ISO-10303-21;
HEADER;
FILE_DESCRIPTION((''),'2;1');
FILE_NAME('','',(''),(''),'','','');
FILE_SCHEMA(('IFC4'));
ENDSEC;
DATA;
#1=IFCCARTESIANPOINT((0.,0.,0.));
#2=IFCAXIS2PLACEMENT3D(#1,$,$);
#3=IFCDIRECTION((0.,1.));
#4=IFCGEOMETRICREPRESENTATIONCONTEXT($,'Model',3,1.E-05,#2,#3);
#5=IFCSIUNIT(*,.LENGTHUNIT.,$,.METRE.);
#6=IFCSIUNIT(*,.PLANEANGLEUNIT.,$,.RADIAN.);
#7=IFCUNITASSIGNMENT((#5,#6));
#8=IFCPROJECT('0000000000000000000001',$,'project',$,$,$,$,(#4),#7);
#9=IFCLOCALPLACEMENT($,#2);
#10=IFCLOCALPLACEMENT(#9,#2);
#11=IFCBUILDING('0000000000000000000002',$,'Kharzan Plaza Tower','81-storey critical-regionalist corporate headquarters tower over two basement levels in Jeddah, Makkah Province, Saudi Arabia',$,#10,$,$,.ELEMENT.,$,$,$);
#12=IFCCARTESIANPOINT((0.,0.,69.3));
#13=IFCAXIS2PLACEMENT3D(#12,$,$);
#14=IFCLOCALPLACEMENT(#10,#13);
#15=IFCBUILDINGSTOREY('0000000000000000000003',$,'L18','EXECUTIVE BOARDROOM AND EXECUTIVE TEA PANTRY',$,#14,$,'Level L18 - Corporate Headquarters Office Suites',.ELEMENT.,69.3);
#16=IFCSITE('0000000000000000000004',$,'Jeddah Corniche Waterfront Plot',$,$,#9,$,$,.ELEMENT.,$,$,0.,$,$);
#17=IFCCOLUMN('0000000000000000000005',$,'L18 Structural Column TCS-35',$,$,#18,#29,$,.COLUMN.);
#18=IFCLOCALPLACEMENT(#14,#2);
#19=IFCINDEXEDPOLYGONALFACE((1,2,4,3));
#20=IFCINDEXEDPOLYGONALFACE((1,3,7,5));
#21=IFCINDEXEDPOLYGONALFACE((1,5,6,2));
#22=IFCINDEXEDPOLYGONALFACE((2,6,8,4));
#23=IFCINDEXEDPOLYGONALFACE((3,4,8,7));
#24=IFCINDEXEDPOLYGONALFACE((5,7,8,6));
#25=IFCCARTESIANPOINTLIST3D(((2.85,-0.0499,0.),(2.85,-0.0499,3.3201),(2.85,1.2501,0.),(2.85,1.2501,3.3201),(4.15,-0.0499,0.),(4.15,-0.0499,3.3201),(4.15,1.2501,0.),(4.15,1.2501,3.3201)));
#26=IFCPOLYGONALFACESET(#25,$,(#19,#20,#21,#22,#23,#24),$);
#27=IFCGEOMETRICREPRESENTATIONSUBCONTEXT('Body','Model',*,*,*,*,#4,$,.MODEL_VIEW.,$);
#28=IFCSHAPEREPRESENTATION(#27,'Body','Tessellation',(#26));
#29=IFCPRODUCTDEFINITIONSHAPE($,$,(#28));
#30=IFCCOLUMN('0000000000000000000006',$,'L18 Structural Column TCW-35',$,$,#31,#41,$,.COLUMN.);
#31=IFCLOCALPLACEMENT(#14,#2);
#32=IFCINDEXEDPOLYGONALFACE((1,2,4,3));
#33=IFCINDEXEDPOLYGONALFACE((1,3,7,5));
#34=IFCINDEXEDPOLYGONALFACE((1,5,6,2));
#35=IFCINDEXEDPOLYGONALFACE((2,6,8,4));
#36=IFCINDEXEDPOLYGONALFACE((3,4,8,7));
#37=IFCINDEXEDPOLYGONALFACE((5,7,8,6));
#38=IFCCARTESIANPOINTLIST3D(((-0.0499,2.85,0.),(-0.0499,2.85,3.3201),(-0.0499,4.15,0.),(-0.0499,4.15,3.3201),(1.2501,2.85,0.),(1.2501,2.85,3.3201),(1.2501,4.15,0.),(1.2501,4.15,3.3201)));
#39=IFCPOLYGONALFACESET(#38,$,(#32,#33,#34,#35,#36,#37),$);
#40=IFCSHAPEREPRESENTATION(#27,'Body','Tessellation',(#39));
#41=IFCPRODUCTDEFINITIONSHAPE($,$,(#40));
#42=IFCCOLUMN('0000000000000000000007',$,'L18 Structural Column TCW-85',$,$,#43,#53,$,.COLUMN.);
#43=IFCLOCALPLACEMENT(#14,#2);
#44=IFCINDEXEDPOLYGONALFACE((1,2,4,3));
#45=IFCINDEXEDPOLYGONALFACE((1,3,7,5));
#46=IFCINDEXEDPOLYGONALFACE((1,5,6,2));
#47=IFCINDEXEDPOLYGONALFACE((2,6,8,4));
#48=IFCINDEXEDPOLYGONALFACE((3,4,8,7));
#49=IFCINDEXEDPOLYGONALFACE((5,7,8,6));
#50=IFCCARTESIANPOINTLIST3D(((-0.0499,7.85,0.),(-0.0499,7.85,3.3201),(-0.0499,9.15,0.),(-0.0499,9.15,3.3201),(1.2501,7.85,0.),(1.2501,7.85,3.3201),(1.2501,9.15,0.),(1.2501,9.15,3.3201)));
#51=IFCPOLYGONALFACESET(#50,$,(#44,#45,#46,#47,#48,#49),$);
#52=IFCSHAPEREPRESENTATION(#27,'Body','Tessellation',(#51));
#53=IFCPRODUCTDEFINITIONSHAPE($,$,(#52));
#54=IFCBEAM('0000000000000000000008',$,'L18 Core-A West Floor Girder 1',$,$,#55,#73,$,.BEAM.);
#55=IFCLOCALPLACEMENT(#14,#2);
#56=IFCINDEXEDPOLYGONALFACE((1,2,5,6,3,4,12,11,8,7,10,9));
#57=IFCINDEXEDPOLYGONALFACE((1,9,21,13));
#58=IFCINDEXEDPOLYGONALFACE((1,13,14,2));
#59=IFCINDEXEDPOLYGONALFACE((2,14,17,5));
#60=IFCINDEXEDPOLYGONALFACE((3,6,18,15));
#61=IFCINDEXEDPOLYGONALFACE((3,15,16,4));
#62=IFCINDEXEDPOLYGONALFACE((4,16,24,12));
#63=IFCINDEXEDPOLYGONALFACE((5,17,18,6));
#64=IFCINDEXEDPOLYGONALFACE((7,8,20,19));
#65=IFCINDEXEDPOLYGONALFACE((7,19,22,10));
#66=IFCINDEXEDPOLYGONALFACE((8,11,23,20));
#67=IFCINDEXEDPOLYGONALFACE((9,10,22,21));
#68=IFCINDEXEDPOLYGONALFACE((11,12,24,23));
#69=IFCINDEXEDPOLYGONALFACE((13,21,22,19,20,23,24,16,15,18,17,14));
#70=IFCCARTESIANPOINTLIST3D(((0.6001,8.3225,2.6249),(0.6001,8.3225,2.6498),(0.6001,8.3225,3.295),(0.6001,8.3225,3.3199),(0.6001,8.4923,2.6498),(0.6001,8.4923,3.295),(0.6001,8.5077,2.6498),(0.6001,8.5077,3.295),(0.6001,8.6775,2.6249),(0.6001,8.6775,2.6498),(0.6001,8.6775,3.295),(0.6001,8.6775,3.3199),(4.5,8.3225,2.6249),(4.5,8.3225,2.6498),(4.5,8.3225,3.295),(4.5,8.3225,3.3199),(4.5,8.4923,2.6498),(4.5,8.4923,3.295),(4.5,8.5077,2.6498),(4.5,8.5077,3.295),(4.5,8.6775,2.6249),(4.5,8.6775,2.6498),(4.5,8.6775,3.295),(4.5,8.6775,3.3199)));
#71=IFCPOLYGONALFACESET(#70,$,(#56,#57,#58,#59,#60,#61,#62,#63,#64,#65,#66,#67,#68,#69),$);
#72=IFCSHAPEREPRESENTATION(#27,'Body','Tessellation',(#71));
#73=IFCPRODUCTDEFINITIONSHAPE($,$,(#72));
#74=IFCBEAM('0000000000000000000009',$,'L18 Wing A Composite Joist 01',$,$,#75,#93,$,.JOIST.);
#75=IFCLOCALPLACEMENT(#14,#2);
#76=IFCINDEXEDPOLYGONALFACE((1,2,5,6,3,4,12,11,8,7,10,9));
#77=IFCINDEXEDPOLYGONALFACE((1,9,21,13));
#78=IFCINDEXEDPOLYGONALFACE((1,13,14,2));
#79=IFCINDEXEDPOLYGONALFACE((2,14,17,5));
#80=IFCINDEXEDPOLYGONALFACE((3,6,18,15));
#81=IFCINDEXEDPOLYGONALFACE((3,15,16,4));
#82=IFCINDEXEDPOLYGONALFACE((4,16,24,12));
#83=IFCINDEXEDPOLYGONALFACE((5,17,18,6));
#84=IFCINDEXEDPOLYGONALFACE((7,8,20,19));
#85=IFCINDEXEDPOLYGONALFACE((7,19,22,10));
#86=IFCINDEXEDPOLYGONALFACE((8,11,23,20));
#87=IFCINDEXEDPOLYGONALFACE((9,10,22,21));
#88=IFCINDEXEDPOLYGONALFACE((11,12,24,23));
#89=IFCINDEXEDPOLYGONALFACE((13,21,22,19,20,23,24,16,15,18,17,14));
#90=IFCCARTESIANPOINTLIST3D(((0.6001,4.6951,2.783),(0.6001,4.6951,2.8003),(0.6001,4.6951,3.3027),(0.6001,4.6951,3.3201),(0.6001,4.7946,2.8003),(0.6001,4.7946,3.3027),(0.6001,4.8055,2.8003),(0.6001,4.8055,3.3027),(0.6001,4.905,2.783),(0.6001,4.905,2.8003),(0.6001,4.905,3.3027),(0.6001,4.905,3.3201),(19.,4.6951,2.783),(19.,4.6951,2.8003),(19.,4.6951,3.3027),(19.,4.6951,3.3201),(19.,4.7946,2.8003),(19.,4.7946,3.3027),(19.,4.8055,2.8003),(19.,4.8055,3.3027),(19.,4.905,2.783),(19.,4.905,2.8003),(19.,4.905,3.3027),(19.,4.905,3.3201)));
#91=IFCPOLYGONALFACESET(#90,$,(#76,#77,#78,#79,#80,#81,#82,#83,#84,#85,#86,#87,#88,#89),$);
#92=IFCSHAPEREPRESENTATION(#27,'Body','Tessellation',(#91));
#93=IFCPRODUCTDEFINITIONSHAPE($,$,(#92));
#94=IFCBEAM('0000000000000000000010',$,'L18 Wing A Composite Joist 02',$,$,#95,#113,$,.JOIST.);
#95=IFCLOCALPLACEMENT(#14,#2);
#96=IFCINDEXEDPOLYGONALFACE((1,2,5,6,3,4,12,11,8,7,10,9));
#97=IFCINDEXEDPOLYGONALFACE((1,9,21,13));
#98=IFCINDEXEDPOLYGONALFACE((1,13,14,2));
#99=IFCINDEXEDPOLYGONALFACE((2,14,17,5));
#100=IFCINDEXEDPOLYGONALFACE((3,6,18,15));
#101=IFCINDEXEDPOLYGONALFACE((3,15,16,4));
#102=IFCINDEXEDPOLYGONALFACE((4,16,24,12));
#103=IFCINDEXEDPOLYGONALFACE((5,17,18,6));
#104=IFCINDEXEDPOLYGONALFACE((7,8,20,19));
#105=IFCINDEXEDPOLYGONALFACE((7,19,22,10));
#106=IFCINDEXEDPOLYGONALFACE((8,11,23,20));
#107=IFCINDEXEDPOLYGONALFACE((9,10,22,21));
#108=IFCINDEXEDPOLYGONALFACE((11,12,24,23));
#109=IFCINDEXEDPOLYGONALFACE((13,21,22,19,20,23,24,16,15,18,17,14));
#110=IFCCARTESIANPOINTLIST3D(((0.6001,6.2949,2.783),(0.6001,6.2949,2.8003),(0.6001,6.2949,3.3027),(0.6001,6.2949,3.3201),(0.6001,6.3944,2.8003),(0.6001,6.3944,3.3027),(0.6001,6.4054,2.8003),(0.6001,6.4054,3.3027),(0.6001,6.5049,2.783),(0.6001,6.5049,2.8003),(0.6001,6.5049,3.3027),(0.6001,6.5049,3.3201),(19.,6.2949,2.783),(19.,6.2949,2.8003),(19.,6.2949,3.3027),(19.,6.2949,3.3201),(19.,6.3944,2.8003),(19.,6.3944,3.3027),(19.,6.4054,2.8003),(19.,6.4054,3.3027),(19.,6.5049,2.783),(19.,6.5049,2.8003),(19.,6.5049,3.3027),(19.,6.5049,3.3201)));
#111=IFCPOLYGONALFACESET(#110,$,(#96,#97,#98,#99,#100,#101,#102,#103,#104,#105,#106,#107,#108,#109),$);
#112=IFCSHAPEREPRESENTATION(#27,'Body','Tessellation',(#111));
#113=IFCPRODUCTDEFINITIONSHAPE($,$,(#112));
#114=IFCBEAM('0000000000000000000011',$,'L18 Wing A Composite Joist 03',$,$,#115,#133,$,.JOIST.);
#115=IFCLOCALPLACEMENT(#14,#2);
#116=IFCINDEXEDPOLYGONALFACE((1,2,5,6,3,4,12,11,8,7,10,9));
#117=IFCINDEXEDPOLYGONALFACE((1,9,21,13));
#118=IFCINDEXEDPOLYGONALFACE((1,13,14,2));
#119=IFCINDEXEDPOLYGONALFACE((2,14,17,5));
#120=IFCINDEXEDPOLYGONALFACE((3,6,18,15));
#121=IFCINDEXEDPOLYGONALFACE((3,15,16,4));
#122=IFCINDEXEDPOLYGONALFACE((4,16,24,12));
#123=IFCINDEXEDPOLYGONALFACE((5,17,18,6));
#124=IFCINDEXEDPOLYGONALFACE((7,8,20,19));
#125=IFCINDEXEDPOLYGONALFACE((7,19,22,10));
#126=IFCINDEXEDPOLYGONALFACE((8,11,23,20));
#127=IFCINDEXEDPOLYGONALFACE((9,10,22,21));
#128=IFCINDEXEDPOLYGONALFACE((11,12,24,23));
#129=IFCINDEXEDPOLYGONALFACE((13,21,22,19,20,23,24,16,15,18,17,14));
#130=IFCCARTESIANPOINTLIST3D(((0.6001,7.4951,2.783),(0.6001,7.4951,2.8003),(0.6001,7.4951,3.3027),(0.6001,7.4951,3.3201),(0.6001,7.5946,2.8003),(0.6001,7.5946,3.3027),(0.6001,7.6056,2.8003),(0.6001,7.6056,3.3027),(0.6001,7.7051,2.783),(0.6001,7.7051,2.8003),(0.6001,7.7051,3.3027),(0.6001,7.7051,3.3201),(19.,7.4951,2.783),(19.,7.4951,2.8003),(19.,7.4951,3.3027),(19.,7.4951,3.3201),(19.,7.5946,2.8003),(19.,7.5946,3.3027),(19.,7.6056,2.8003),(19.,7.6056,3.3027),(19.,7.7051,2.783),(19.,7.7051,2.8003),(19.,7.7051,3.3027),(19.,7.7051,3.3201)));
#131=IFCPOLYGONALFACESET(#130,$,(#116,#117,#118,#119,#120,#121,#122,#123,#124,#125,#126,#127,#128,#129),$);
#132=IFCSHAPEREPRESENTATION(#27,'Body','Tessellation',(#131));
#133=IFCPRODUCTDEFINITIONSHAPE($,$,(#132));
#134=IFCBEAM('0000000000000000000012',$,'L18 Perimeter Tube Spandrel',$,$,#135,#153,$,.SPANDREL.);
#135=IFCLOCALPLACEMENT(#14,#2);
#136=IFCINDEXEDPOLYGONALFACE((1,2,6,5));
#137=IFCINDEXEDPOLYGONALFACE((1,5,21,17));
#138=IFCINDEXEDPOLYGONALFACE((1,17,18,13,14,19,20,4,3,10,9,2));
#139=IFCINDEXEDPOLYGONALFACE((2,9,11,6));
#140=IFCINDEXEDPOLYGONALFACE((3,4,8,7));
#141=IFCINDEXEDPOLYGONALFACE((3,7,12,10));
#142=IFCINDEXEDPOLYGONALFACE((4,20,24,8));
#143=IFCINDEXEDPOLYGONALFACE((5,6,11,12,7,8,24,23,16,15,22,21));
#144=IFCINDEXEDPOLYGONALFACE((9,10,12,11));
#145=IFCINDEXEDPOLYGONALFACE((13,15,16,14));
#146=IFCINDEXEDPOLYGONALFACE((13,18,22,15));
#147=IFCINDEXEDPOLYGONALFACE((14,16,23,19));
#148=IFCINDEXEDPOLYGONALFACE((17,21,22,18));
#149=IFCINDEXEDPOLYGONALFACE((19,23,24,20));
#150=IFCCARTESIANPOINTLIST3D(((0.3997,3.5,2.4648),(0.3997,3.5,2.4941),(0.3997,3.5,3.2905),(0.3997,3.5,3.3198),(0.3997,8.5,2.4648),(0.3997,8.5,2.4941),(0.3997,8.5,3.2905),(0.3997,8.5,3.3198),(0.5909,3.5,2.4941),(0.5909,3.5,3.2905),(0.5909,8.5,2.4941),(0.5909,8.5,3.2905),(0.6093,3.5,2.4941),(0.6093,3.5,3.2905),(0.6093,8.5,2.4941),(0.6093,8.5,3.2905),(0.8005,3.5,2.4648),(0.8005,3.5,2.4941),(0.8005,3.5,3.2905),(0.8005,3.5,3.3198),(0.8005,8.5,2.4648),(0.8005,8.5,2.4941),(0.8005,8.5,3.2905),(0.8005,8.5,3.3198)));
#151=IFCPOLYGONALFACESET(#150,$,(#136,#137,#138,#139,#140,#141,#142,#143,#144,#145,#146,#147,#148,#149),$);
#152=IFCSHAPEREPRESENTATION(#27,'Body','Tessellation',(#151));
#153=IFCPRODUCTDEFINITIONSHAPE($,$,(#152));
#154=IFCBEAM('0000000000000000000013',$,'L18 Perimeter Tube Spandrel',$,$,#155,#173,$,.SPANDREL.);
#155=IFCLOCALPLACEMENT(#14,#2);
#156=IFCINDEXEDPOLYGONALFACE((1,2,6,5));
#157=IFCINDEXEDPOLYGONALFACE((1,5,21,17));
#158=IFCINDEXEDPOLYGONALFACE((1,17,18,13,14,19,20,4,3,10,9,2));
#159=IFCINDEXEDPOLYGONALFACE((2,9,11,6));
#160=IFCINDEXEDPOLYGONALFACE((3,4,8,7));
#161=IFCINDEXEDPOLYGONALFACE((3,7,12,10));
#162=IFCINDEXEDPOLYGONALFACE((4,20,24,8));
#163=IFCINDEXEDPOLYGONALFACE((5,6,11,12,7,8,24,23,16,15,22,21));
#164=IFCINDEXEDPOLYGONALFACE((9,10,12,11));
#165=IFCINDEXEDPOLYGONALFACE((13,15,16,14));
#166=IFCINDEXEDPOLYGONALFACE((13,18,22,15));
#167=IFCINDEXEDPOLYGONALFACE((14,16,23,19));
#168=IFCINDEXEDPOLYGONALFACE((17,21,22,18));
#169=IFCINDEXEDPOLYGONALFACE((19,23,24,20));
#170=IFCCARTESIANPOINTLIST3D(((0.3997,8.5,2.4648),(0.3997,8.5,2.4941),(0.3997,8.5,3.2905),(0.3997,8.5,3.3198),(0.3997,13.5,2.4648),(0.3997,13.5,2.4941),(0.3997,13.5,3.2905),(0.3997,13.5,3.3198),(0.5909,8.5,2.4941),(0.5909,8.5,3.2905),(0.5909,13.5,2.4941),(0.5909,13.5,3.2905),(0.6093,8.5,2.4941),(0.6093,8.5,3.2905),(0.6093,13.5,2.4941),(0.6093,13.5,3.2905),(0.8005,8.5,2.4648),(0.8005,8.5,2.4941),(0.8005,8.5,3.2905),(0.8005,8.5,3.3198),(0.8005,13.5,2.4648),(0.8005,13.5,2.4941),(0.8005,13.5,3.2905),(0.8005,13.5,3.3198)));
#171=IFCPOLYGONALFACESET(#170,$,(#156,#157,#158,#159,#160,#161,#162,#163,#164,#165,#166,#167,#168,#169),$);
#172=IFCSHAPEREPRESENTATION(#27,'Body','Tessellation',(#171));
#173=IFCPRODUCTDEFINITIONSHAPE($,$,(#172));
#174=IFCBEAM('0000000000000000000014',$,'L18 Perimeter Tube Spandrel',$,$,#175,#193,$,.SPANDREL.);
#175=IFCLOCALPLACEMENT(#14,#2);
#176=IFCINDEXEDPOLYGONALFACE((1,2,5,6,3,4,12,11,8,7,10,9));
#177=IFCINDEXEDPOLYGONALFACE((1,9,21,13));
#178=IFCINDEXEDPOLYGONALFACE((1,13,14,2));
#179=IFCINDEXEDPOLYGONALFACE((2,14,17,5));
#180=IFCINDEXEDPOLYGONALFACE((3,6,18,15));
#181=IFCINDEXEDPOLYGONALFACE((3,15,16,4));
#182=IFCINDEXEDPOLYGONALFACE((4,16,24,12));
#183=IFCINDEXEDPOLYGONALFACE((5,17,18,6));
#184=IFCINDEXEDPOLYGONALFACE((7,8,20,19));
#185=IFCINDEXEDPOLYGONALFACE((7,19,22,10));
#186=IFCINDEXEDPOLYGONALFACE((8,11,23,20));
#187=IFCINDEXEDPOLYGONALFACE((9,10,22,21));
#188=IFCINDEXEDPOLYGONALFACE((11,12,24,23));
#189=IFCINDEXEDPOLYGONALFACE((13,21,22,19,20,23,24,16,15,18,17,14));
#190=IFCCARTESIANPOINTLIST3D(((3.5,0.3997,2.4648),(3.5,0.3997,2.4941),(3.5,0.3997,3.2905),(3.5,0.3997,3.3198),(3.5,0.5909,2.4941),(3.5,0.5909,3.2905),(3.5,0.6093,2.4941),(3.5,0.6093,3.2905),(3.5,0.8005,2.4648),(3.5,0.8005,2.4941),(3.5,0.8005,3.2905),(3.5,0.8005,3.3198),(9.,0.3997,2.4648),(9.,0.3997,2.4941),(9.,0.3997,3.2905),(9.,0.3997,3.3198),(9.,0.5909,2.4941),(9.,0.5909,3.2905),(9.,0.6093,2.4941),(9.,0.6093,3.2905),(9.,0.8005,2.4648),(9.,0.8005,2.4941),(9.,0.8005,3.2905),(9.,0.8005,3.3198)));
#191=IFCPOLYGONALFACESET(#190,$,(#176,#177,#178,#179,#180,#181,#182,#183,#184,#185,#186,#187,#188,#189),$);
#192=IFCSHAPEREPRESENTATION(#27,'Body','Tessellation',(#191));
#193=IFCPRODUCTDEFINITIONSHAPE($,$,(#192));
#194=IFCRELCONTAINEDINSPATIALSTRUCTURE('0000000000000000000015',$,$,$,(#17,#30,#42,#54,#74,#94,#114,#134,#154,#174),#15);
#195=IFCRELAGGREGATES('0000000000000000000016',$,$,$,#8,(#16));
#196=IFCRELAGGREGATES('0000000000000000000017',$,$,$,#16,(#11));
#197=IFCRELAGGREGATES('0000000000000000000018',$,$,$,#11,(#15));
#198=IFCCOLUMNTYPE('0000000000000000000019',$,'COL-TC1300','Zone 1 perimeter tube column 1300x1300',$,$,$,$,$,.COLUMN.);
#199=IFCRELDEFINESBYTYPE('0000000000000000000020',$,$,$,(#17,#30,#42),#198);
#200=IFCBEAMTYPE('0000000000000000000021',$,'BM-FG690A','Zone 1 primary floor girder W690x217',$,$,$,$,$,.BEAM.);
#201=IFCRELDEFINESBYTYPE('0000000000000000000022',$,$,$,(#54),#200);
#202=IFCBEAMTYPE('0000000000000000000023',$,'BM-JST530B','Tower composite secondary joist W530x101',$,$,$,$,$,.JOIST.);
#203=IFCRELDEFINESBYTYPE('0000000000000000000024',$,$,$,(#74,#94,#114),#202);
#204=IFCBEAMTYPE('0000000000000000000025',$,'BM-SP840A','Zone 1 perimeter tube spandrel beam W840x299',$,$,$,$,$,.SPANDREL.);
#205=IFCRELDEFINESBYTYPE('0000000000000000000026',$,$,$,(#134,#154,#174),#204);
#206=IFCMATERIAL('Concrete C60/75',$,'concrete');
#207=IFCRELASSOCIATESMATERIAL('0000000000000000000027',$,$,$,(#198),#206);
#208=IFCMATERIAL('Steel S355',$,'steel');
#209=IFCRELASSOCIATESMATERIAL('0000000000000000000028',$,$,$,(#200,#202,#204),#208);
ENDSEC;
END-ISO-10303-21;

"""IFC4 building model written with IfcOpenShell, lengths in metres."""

from ifc_helpers import new_model, si_unit, direction, frame, origin, origin_2d, place, context, subcontext, project, spatial, rectangle, i_section, extrude, source, transform, mapped, material, material_profile, profile_set, type_object, element, save


model = new_model("IFC4")

# Units and contexts
model_context = context("Model", 3, precision=1e-05, world=origin(), true_north=direction((0.0, 1.0)))
body_context = subcontext(model_context, "Body", "Model", "MODEL_VIEW")
ifc_project = project(units=[si_unit("LENGTHUNIT", "METRE"), si_unit("PLANEANGLEUNIT", "RADIAN")], contexts=[model_context])

# Site, building, storey
site_placement = place(None, origin())
site = spatial("IfcSite", under=ifc_project, at=site_placement, Name="Jeddah Corniche Waterfront Plot", CompositionType="ELEMENT", RefElevation=0.0)
building_placement = place(site_placement, origin())
building = spatial("IfcBuilding", under=site, at=building_placement, Name="Kharzan Plaza Tower", Description="81-storey critical-regionalist corporate headquarters tower over two basement levels in Jeddah, Makkah Province, Saudi Arabia", CompositionType="ELEMENT")
storey_placement = place(building_placement, frame((0.0, 0.0, 69.3)))
storey = spatial("IfcBuildingStorey", under=building, at=storey_placement, Name="L18", Description="EXECUTIVE BOARDROOM AND EXECUTIVE TEA PANTRY", LongName="Level L18 - Corporate Headquarters Office Suites", CompositionType="ELEMENT", Elevation=69.3)

# Columns
ifc_material_1 = material(Name="Concrete C60/75", Category="concrete")
ifc_material_profile_1 = material_profile(ifc_material_1, rectangle(XDim=1.3, YDim=1.3, at=origin_2d()), Name="RC-TC1300x1300")
ifc_profile_set_1 = profile_set([ifc_material_profile_1], Name="Concrete C60/75")
column_type = type_object("IfcColumnType", Name="COL-TC1300", Description="Zone 1 perimeter tube column 1300x1300", PredefinedType="COLUMN", material=ifc_profile_set_1)
shared_shape_1 = source(origin(), body_context, "Body", "SweptSolid", [
    extrude(rectangle(XDim=1.3, YDim=1.3, at=origin_2d()), origin(), (0.0, 0.0, 1.0), 3.3201),
])
for number, where, z_axis, x_axis, name in (
    (1, (3.5, 0.6001, 0.0), (0.0, 0.0, 1.0), (1.0, 0.0, 0.0), "L18 Structural Column TCS-35"),
    (2, (0.6001, 3.5, 0.0), (0.0, 0.0, 1.0), (1.0, 0.0, 0.0), "L18 Structural Column TCW-35"),
    (3, (0.6001, 8.5, 0.0), (0.0, 0.0, 1.0), (1.0, 0.0, 0.0), "L18 Structural Column TCW-85"),
):
    element("IfcColumn", number, at=place(storey_placement, frame(where, z_axis=z_axis, x_axis=x_axis)), inside=storey, type_object=column_type, Name=name, PredefinedType="COLUMN", context=body_context, shape_type="MappedRepresentation", body=[
        mapped(shared_shape_1, transform((0.0, 0.0, 0.0), x_axis=(1.0, 0.0, 0.0), y_axis=(0.0, 1.0, 0.0), z_axis=(0.0, 0.0, 1.0))),
    ])

# Beams
ifc_material_2 = material(Name="Steel S355", Category="steel")
ifc_material_profile_2 = material_profile(ifc_material_2, i_section(OverallWidth=0.355, OverallDepth=0.6951, WebThickness=0.0154, FlangeThickness=0.0249, at=origin_2d()), Name="W690x217")
ifc_profile_set_2 = profile_set([ifc_material_profile_2], Name="Steel S355")
beam_type_1 = type_object("IfcBeamType", Name="BM-FG690A", Description="Zone 1 primary floor girder W690x217", PredefinedType="BEAM", material=ifc_profile_set_2)
shared_shape_2 = source(origin(), body_context, "Body", "SweptSolid", [
    extrude(i_section(OverallWidth=0.355, OverallDepth=0.6951, WebThickness=0.0154, FlangeThickness=0.0249, at=origin_2d()), origin(), (0.0, 0.0, 1.0), 3.8999),
])
beam_1_placement = place(storey_placement, frame((0.6001, 8.5, 2.9724), z_axis=(1.0, 0.0, 0.0), x_axis=(0.0, 1.0, 0.0)))
element("IfcBeam", 4, at=beam_1_placement, inside=storey, type_object=beam_type_1, Name="L18 Core-A West Floor Girder 1", PredefinedType="BEAM", context=body_context, shape_type="MappedRepresentation", body=[
    mapped(shared_shape_2, transform((0.0, 0.0, 0.0), x_axis=(1.0, 0.0, 0.0), y_axis=(0.0, 1.0, 0.0), z_axis=(0.0, 0.0, 1.0))),
])
ifc_material_profile_3 = material_profile(ifc_material_2, i_section(OverallWidth=0.21, OverallDepth=0.5371, WebThickness=0.011, FlangeThickness=0.0173, at=origin_2d()), Name="W530x101")
ifc_profile_set_3 = profile_set([ifc_material_profile_3], Name="Steel S355")
beam_type_2 = type_object("IfcBeamType", Name="BM-JST530B", Description="Tower composite secondary joist W530x101", PredefinedType="JOIST", material=ifc_profile_set_3)
shared_shape_3 = source(origin(), body_context, "Body", "SweptSolid", [
    extrude(i_section(OverallWidth=0.21, OverallDepth=0.5371, WebThickness=0.011, FlangeThickness=0.0173, at=origin_2d()), origin(), (0.0, 0.0, 1.0), 18.3999),
])
for number, where, z_axis, x_axis, name in (
    (5, (0.6001, 4.8, 3.0515), (1.0, 0.0, 0.0), (0.0, 1.0, 0.0), "L18 Wing A Composite Joist 01"),
    (6, (0.6001, 6.3999, 3.0515), (1.0, 0.0, 0.0), (0.0, 1.0, 0.0), "L18 Wing A Composite Joist 02"),
    (7, (0.6001, 7.6001, 3.0515), (1.0, 0.0, 0.0), (0.0, 1.0, 0.0), "L18 Wing A Composite Joist 03"),
):
    element("IfcBeam", number, at=place(storey_placement, frame(where, z_axis=z_axis, x_axis=x_axis)), inside=storey, type_object=beam_type_2, Name=name, PredefinedType="JOIST", context=body_context, shape_type="MappedRepresentation", body=[
        mapped(shared_shape_3, transform((0.0, 0.0, 0.0), x_axis=(1.0, 0.0, 0.0), y_axis=(0.0, 1.0, 0.0), z_axis=(0.0, 0.0, 1.0))),
    ])
ifc_material_profile_4 = material_profile(ifc_material_2, i_section(OverallWidth=0.4009, OverallDepth=0.855, WebThickness=0.0183, FlangeThickness=0.0293, at=origin_2d()), Name="W840x299")
ifc_profile_set_4 = profile_set([ifc_material_profile_4], Name="Steel S355")
beam_type_3 = type_object("IfcBeamType", Name="BM-SP840A", Description="Zone 1 perimeter tube spandrel beam W840x299", PredefinedType="SPANDREL", material=ifc_profile_set_4)
shared_shape_4 = source(origin(), body_context, "Body", "SweptSolid", [
    extrude(i_section(OverallWidth=0.4009, OverallDepth=0.855, WebThickness=0.0183, FlangeThickness=0.0293, at=origin_2d()), origin(), (0.0, 0.0, 1.0), 5.0),
])
for number, where, z_axis, x_axis, name in (
    (8, (0.6001, 3.5, 2.8923), (0.0, 1.0, 0.0), (-1.0, 0.0, 0.0), "L18 Perimeter Tube Spandrel"),
    (9, (0.6001, 8.5, 2.8923), (0.0, 1.0, 0.0), (-1.0, 0.0, 0.0), "L18 Perimeter Tube Spandrel"),
):
    element("IfcBeam", number, at=place(storey_placement, frame(where, z_axis=z_axis, x_axis=x_axis)), inside=storey, type_object=beam_type_3, Name=name, PredefinedType="SPANDREL", context=body_context, shape_type="MappedRepresentation", body=[
        mapped(shared_shape_4, transform((0.0, 0.0, 0.0), x_axis=(1.0, 0.0, 0.0), y_axis=(0.0, 1.0, 0.0), z_axis=(0.0, 0.0, 1.0))),
    ])
shared_shape_5 = source(origin(), body_context, "Body", "SweptSolid", [
    extrude(i_section(OverallWidth=0.4009, OverallDepth=0.855, WebThickness=0.0183, FlangeThickness=0.0293, at=origin_2d()), origin(), (0.0, 0.0, 1.0), 5.5),
])
beam_2_placement = place(storey_placement, frame((3.5, 0.6001, 2.8923), z_axis=(1.0, 0.0, 0.0), x_axis=(0.0, 1.0, 0.0)))
element("IfcBeam", 10, at=beam_2_placement, inside=storey, type_object=beam_type_3, Name="L18 Perimeter Tube Spandrel", PredefinedType="SPANDREL", context=body_context, shape_type="MappedRepresentation", body=[
    mapped(shared_shape_5, transform((0.0, 0.0, 0.0), x_axis=(1.0, 0.0, 0.0), y_axis=(0.0, 1.0, 0.0), z_axis=(0.0, 0.0, 1.0))),
])

save(model, "model.ifc")
